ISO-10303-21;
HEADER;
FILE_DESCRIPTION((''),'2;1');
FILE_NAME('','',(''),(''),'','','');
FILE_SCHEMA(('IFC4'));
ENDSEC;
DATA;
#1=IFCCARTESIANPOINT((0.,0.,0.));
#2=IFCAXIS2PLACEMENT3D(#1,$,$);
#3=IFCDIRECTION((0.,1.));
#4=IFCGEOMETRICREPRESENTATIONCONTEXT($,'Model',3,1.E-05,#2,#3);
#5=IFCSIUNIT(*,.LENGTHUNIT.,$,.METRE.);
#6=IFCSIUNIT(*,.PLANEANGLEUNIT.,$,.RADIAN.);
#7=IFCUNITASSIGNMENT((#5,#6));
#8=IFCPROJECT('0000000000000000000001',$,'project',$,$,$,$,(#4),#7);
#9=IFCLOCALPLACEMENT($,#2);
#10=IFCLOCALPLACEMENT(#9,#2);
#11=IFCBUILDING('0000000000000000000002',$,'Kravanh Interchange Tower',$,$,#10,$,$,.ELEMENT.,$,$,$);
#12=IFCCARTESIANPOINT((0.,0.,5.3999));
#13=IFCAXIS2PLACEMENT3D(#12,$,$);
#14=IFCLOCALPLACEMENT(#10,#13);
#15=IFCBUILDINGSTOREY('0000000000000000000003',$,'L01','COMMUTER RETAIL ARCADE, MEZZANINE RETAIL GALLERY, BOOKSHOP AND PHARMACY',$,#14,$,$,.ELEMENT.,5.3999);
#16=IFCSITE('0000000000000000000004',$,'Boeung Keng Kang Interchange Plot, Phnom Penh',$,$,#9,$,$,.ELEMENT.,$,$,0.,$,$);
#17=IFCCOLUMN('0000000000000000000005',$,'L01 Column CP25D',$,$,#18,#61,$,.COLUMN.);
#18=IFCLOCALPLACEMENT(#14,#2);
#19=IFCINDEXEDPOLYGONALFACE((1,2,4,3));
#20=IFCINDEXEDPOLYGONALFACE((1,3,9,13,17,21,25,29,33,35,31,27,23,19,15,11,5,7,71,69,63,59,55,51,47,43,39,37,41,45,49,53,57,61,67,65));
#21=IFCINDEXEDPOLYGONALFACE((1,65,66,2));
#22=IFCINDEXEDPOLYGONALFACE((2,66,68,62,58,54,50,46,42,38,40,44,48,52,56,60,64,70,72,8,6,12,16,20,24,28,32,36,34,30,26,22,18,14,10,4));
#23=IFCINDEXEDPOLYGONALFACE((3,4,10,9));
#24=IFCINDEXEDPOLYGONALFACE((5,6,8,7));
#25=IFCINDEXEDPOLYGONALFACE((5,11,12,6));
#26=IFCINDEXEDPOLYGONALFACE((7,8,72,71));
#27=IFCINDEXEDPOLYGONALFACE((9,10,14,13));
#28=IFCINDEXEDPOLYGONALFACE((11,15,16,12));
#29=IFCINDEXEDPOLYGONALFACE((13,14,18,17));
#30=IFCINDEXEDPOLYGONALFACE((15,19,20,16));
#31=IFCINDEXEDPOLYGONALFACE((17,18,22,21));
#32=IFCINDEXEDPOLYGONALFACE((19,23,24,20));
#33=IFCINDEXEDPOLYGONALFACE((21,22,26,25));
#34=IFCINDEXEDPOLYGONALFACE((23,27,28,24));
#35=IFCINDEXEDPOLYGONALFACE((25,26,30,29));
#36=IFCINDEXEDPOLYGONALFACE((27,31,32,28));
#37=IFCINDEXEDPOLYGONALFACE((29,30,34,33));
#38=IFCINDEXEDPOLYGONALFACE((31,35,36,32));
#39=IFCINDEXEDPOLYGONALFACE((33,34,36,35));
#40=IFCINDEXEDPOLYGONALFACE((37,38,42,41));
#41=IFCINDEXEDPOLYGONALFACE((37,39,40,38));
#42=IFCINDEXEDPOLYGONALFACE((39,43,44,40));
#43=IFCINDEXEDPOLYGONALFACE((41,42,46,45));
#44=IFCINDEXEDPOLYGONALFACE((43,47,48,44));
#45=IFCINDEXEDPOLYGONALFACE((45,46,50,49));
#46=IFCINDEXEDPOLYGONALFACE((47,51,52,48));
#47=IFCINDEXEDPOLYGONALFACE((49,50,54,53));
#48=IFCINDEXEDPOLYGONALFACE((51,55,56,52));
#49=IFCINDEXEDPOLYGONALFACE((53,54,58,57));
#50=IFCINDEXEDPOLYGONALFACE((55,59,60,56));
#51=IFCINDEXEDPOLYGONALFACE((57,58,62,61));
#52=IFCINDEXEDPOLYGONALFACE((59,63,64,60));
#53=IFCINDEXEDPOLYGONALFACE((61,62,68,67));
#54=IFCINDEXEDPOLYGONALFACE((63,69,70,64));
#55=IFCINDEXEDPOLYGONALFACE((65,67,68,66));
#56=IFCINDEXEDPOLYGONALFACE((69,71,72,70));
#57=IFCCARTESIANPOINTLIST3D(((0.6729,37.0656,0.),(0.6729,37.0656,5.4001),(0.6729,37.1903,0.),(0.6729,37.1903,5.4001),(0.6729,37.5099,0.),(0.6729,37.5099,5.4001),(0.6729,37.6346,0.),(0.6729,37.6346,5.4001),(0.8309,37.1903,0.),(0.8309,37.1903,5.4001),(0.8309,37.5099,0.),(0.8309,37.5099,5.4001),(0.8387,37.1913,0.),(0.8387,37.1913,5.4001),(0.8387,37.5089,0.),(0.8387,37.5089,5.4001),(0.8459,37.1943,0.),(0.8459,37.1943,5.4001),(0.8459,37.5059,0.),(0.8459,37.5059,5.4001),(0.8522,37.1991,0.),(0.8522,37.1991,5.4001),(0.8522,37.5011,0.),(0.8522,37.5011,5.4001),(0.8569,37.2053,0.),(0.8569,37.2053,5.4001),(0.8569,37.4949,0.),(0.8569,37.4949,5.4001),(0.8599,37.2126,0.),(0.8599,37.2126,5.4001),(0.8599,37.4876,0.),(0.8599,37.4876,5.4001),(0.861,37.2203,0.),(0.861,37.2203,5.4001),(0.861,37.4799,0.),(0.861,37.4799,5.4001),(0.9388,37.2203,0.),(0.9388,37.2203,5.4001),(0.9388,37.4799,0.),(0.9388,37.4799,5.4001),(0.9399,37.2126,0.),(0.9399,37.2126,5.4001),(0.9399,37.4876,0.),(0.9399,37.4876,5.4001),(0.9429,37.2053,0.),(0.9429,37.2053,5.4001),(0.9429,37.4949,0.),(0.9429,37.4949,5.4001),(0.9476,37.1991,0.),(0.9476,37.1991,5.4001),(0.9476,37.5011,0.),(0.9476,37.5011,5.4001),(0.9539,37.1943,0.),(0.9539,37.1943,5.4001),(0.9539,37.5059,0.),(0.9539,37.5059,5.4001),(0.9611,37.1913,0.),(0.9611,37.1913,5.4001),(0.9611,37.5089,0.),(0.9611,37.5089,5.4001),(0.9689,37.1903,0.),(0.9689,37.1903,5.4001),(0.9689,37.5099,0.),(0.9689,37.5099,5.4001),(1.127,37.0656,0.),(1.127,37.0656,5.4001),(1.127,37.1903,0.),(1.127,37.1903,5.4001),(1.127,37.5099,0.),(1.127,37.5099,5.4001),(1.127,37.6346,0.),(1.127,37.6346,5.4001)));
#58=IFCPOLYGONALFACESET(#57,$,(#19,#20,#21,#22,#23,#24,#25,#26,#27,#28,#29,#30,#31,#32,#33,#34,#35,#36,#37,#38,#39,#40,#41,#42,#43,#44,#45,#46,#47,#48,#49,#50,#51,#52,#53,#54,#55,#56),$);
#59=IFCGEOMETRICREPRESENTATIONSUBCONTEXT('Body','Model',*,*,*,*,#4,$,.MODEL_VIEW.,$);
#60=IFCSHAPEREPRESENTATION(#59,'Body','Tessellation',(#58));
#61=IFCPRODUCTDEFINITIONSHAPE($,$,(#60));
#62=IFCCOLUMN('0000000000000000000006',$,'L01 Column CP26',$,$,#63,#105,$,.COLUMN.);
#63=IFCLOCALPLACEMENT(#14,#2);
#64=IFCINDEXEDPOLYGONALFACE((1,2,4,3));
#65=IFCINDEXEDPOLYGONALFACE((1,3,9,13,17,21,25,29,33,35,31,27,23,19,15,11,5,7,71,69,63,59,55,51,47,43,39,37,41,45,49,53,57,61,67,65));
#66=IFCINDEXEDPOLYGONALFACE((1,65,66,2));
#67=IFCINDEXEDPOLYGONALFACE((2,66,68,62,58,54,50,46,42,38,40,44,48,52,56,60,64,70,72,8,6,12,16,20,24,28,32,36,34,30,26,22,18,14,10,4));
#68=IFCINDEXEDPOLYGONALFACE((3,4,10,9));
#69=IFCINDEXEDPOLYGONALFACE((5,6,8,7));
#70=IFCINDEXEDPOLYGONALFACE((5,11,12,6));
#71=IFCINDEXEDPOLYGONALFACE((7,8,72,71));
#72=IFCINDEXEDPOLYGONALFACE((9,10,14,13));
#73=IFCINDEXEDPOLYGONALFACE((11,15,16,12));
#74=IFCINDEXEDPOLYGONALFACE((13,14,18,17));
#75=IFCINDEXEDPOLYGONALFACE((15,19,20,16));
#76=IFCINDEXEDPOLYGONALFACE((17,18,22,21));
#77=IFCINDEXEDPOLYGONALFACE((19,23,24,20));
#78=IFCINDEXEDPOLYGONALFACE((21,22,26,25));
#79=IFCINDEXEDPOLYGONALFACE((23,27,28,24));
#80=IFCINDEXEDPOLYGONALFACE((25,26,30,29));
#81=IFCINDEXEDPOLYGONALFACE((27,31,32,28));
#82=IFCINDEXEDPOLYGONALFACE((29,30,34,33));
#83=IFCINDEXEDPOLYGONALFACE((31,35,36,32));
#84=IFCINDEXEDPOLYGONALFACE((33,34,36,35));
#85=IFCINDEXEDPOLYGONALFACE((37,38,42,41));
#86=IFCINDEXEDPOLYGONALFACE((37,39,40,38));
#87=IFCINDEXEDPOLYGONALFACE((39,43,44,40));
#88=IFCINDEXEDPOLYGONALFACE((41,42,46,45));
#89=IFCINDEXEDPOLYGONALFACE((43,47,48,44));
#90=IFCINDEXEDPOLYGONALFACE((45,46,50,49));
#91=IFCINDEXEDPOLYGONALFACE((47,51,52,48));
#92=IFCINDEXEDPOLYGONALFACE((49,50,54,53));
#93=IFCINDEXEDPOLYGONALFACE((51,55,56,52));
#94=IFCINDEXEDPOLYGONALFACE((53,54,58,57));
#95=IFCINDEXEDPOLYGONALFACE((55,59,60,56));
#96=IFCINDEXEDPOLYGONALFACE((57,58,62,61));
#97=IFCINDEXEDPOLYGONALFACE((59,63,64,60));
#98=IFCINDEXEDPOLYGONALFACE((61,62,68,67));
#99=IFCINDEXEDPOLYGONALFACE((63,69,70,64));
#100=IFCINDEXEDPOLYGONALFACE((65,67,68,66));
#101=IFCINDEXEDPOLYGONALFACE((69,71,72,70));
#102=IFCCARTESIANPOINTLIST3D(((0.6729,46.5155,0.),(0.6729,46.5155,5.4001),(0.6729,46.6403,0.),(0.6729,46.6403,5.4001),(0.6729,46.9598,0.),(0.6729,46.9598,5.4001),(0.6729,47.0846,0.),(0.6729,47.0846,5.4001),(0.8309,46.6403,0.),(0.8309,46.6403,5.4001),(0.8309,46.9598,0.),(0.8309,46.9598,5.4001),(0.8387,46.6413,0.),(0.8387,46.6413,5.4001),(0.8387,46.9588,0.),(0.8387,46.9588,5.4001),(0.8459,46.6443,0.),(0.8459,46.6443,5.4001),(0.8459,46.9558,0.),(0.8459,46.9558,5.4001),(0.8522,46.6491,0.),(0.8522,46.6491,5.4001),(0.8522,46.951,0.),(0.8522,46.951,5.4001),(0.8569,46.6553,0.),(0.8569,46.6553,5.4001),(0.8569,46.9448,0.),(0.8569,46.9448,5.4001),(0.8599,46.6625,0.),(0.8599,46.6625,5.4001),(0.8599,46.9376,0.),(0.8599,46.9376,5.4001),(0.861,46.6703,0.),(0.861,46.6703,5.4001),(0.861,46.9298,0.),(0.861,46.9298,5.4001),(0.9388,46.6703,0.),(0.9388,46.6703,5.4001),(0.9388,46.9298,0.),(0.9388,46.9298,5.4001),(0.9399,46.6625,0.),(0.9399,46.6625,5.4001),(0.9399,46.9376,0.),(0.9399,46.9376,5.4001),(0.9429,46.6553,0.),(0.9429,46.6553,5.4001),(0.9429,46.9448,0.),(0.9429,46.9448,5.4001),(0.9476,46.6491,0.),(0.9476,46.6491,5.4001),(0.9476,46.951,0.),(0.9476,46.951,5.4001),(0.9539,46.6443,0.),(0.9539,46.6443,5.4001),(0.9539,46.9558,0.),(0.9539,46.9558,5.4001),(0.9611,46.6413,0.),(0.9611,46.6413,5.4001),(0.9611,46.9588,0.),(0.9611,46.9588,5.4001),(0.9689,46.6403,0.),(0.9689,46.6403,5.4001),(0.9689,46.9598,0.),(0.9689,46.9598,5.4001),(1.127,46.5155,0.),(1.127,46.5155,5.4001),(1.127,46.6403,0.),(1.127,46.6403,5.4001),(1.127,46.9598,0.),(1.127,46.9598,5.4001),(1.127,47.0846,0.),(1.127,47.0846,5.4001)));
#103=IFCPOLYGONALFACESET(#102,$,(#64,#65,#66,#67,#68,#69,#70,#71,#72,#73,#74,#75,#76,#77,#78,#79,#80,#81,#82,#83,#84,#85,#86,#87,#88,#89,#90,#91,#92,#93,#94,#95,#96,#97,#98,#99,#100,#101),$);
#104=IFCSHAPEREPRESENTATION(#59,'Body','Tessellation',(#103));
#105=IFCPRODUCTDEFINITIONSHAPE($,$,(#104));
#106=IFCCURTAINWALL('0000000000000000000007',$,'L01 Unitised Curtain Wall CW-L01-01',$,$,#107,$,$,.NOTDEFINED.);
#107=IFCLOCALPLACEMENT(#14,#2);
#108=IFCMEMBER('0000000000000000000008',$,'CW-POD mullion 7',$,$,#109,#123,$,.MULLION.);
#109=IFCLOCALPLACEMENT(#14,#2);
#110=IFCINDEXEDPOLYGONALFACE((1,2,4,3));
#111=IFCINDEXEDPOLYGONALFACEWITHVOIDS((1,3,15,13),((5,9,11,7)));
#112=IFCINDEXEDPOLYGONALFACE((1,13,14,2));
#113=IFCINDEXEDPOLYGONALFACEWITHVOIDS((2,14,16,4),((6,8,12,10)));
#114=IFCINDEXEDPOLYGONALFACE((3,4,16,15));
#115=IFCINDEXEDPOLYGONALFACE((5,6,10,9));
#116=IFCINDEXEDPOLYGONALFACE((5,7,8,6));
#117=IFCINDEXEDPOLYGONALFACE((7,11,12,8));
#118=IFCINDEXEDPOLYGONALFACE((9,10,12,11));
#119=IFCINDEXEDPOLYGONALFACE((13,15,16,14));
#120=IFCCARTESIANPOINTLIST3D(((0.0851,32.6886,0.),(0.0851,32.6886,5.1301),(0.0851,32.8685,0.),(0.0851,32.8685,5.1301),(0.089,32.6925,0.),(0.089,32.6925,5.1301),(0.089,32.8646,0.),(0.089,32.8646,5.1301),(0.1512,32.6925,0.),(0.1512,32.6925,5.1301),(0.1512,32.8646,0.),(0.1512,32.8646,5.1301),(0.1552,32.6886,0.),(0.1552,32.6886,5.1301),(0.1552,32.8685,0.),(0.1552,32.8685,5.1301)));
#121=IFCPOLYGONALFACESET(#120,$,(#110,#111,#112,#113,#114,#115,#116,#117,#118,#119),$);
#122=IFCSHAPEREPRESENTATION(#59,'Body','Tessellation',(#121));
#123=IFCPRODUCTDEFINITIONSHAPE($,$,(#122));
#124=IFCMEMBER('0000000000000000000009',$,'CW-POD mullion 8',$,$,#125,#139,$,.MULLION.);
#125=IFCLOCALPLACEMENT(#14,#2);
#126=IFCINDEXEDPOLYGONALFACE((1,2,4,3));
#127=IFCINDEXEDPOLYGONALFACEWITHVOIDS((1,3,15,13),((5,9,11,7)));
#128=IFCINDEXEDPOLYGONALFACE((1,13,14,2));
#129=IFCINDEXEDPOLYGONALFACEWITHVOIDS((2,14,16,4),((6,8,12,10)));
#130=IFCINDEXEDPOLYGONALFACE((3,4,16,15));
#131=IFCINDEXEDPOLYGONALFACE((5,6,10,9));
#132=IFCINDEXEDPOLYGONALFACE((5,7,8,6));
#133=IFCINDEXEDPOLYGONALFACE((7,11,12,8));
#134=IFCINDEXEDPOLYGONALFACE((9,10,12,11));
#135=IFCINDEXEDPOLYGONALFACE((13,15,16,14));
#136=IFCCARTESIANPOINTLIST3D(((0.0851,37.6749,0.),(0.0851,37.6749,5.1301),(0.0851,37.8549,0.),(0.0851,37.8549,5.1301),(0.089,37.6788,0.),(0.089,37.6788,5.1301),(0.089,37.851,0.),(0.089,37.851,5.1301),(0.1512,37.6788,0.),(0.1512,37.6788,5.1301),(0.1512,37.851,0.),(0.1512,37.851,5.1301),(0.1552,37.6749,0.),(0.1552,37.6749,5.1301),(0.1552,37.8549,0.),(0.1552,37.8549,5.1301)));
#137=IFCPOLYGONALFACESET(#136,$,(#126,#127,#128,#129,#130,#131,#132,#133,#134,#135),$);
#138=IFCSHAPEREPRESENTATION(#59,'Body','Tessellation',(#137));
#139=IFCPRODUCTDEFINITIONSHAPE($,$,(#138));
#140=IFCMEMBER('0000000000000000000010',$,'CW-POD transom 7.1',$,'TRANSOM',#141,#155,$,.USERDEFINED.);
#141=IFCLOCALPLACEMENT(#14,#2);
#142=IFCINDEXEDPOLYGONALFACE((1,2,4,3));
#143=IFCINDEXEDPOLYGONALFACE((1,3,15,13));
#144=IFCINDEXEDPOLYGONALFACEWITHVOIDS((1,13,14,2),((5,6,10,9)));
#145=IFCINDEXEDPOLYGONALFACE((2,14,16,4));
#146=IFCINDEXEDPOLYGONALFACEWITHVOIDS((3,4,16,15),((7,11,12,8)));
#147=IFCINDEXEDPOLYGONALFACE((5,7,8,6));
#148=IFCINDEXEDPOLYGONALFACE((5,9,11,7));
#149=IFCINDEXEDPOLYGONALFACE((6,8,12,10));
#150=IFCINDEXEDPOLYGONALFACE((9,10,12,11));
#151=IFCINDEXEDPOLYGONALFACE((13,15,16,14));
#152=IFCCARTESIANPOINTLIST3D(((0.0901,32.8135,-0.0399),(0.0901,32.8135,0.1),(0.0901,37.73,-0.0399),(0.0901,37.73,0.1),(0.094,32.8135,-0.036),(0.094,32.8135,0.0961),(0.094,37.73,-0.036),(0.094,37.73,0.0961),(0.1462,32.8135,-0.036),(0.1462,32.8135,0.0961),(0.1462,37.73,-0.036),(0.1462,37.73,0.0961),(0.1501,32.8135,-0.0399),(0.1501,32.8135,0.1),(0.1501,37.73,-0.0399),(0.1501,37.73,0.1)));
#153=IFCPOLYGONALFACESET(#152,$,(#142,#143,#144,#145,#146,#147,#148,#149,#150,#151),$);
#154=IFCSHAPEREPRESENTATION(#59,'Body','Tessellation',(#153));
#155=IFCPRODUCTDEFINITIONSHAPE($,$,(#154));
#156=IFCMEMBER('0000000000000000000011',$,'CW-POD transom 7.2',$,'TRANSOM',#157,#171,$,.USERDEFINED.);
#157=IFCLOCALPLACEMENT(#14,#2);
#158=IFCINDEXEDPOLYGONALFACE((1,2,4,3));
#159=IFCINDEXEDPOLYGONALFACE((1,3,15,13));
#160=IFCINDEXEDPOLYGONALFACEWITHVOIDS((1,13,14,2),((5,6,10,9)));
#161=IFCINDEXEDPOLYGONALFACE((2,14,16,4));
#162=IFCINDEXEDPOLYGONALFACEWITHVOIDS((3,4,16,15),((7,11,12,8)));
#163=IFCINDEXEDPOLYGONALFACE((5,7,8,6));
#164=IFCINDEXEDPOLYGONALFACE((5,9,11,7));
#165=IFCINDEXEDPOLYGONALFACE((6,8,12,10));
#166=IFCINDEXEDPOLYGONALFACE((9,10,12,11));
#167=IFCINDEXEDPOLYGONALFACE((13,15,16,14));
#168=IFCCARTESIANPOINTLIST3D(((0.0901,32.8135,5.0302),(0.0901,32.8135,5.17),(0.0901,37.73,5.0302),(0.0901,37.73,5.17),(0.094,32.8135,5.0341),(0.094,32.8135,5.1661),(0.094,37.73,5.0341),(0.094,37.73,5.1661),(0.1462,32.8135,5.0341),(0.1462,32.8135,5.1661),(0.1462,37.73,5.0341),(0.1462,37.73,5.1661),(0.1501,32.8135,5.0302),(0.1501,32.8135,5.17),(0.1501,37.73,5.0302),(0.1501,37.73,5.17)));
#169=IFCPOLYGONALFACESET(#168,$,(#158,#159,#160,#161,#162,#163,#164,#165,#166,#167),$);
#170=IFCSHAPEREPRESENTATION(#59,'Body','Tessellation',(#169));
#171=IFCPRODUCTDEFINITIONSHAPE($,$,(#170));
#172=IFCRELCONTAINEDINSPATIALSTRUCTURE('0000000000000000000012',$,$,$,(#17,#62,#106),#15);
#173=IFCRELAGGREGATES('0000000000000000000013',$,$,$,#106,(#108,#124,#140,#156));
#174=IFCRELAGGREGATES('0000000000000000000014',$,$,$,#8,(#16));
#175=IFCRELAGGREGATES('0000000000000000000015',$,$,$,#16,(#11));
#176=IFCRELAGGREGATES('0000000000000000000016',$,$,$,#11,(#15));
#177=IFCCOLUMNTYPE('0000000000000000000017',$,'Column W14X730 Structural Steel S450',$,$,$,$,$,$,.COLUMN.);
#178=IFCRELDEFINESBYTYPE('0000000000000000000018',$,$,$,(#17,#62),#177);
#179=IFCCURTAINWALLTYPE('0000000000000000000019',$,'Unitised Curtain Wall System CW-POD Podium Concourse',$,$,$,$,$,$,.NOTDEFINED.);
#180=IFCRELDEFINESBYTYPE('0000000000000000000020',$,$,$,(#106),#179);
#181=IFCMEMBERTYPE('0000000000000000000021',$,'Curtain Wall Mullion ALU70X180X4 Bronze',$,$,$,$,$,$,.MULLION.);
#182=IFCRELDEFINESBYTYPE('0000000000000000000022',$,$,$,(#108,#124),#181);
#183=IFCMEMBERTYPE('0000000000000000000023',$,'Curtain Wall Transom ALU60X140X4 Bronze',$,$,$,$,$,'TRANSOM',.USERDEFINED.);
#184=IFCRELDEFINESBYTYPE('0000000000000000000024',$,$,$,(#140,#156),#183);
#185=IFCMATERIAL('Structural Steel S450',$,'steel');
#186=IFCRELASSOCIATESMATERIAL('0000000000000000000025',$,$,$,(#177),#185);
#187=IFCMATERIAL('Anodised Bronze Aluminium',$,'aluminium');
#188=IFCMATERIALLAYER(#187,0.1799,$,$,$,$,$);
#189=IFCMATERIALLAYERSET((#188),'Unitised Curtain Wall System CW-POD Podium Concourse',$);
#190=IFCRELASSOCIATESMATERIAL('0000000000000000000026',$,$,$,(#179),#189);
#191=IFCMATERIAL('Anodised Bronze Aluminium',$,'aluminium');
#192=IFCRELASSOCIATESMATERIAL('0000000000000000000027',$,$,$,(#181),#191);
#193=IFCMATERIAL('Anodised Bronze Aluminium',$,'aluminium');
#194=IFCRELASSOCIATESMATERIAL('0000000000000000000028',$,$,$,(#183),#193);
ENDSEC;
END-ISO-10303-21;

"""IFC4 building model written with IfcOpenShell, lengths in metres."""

from ifc_helpers import new_model, si_unit, direction, frame, origin, origin_2d, place, context, subcontext, project, spatial, hollow_rectangle, i_section, extrude, material, layer, layer_set, material_profile, profile_set, type_object, element, aggregate, save


model = new_model("IFC4")

# Units and contexts
model_context = context("Model", 3, precision=1e-05, world=origin(), true_north=direction((0.0, 1.0)))
body_context = subcontext(model_context, "Body", "Model", "MODEL_VIEW")
ifc_project = project(units=[si_unit("LENGTHUNIT", "METRE"), si_unit("PLANEANGLEUNIT", "RADIAN")], contexts=[model_context])

# Site, building, storey
site_placement = place(None, origin())
site = spatial("IfcSite", under=ifc_project, at=site_placement, Name="Boeung Keng Kang Interchange Plot, Phnom Penh", CompositionType="ELEMENT", RefElevation=0.0)
building_placement = place(site_placement, origin())
building = spatial("IfcBuilding", under=site, at=building_placement, Name="Kravanh Interchange Tower", CompositionType="ELEMENT")
storey_placement = place(building_placement, frame((0.0, 0.0, 5.3999)))
storey = spatial("IfcBuildingStorey", under=building, at=storey_placement, Name="L01", Description="COMMUTER RETAIL ARCADE, MEZZANINE RETAIL GALLERY, BOOKSHOP AND PHARMACY", CompositionType="ELEMENT", Elevation=5.3999)

# Columns
ifc_material_1 = material(Name="Structural Steel S450", Category="steel")
ifc_material_profile_1 = material_profile(ifc_material_1, i_section(OverallWidth=0.4541, OverallDepth=0.5691, WebThickness=0.0779, FlangeThickness=0.1248, FilletRadius=0.03, at=origin_2d()), Name="W14X730")
ifc_profile_set_1 = profile_set([ifc_material_profile_1], Name="Structural Steel S450")
column_type = type_object("IfcColumnType", Name="Column W14X730 Structural Steel S450", PredefinedType="COLUMN", material=ifc_profile_set_1)
for number, where, z_axis, x_axis, name in (
    (1, (0.8999, 37.3501, 0.0), (0.0, 0.0, 1.0), (1.0, 0.0, 0.0), "L01 Column CP25D"),
    (2, (0.8999, 46.8, 0.0), (0.0, 0.0, 1.0), (1.0, 0.0, 0.0), "L01 Column CP26"),
):
    element("IfcColumn", number, at=place(storey_placement, frame(where, z_axis=z_axis, x_axis=x_axis)), inside=storey, type_object=column_type, Name=name, PredefinedType="COLUMN", context=body_context, shape_type="SweptSolid", body=[
        extrude(i_section(OverallWidth=0.4541, OverallDepth=0.5691, WebThickness=0.0779, FlangeThickness=0.1248, FilletRadius=0.03, at=origin_2d()), origin(), (0.0, 0.0, 1.0), 5.4001),
    ])

# Curtain wall, members
ifc_material_2 = material(Name="Anodised Bronze Aluminium", Category="aluminium")
ifc_layer_1 = layer(ifc_material_2, 0.1799)
ifc_layer_set_1 = layer_set([ifc_layer_1], Name="Unitised Curtain Wall System CW-POD Podium Concourse")
curtain_wall_type = type_object("IfcCurtainWallType", Name="Unitised Curtain Wall System CW-POD Podium Concourse", PredefinedType="NOTDEFINED", material=ifc_layer_set_1)
curtain_wall_placement = place(storey_placement, origin())
curtain_wall = element("IfcCurtainWall", 3, at=curtain_wall_placement, inside=storey, type_object=curtain_wall_type, Name="L01 Unitised Curtain Wall CW-L01-01", PredefinedType="NOTDEFINED")
ifc_material_3 = material(Name="Anodised Bronze Aluminium", Category="aluminium")
ifc_material_profile_2 = material_profile(ifc_material_3, hollow_rectangle(XDim=0.0701, YDim=0.1799, WallThickness=0.0039, at=origin_2d()), Name="ALU70X180X4")
ifc_profile_set_2 = profile_set([ifc_material_profile_2], Name="Anodised Bronze Aluminium")
member_type_1 = type_object("IfcMemberType", Name="Curtain Wall Mullion ALU70X180X4 Bronze", PredefinedType="MULLION", material=ifc_profile_set_2)
member_1_placement = place(storey_placement, frame((0.1201, 32.7786, 0.0), z_axis=(0.0, 0.0, 1.0), x_axis=(-1.0, 0.0, 0.0)))
member_1 = element("IfcMember", 4, at=member_1_placement, type_object=member_type_1, Name="CW-POD mullion 7", PredefinedType="MULLION", context=body_context, shape_type="SweptSolid", body=[
    extrude(hollow_rectangle(XDim=0.0701, YDim=0.1799, WallThickness=0.0039, at=origin_2d()), origin(), (0.0, 0.0, 1.0), 5.1301),
])
member_2_placement = place(storey_placement, frame((0.1201, 37.7649, 0.0), z_axis=(0.0, 0.0, 1.0), x_axis=(-1.0, 0.0, 0.0)))
member_2 = element("IfcMember", 5, at=member_2_placement, type_object=member_type_1, Name="CW-POD mullion 8", PredefinedType="MULLION", context=body_context, shape_type="SweptSolid", body=[
    extrude(hollow_rectangle(XDim=0.0701, YDim=0.1799, WallThickness=0.0039, at=origin_2d()), origin(), (0.0, 0.0, 1.0), 5.1301),
])
ifc_material_4 = material(Name="Anodised Bronze Aluminium", Category="aluminium")
ifc_material_profile_3 = material_profile(ifc_material_4, hollow_rectangle(XDim=0.0601, YDim=0.1399, WallThickness=0.0039, at=origin_2d()), Name="ALU60X140X4")
ifc_profile_set_3 = profile_set([ifc_material_profile_3], Name="Anodised Bronze Aluminium")
member_type_2 = type_object("IfcMemberType", Name="Curtain Wall Transom ALU60X140X4 Bronze", ElementType="TRANSOM", PredefinedType="USERDEFINED", material=ifc_profile_set_3)
member_3_placement = place(storey_placement, frame((0.1201, 32.8135, 0.03), z_axis=(0.0, 1.0, 0.0), x_axis=(-1.0, 0.0, 0.0)))
member_3 = element("IfcMember", 6, at=member_3_placement, type_object=member_type_2, Name="CW-POD transom 7.1", ObjectType="TRANSOM", PredefinedType="USERDEFINED", context=body_context, shape_type="SweptSolid", body=[
    extrude(hollow_rectangle(XDim=0.0601, YDim=0.1399, WallThickness=0.0039, at=origin_2d()), origin(), (0.0, 0.0, 1.0), 4.9165),
])
member_4_placement = place(storey_placement, frame((0.1201, 32.8135, 5.1001), z_axis=(0.0, 1.0, 0.0), x_axis=(-1.0, 0.0, 0.0)))
member_4 = element("IfcMember", 7, at=member_4_placement, type_object=member_type_2, Name="CW-POD transom 7.2", ObjectType="TRANSOM", PredefinedType="USERDEFINED", context=body_context, shape_type="SweptSolid", body=[
    extrude(hollow_rectangle(XDim=0.0601, YDim=0.1399, WallThickness=0.0039, at=origin_2d()), origin(), (0.0, 0.0, 1.0), 4.9165),
])

aggregate(curtain_wall, [member_1, member_2, member_3, member_4])

save(model, "model.ifc")
